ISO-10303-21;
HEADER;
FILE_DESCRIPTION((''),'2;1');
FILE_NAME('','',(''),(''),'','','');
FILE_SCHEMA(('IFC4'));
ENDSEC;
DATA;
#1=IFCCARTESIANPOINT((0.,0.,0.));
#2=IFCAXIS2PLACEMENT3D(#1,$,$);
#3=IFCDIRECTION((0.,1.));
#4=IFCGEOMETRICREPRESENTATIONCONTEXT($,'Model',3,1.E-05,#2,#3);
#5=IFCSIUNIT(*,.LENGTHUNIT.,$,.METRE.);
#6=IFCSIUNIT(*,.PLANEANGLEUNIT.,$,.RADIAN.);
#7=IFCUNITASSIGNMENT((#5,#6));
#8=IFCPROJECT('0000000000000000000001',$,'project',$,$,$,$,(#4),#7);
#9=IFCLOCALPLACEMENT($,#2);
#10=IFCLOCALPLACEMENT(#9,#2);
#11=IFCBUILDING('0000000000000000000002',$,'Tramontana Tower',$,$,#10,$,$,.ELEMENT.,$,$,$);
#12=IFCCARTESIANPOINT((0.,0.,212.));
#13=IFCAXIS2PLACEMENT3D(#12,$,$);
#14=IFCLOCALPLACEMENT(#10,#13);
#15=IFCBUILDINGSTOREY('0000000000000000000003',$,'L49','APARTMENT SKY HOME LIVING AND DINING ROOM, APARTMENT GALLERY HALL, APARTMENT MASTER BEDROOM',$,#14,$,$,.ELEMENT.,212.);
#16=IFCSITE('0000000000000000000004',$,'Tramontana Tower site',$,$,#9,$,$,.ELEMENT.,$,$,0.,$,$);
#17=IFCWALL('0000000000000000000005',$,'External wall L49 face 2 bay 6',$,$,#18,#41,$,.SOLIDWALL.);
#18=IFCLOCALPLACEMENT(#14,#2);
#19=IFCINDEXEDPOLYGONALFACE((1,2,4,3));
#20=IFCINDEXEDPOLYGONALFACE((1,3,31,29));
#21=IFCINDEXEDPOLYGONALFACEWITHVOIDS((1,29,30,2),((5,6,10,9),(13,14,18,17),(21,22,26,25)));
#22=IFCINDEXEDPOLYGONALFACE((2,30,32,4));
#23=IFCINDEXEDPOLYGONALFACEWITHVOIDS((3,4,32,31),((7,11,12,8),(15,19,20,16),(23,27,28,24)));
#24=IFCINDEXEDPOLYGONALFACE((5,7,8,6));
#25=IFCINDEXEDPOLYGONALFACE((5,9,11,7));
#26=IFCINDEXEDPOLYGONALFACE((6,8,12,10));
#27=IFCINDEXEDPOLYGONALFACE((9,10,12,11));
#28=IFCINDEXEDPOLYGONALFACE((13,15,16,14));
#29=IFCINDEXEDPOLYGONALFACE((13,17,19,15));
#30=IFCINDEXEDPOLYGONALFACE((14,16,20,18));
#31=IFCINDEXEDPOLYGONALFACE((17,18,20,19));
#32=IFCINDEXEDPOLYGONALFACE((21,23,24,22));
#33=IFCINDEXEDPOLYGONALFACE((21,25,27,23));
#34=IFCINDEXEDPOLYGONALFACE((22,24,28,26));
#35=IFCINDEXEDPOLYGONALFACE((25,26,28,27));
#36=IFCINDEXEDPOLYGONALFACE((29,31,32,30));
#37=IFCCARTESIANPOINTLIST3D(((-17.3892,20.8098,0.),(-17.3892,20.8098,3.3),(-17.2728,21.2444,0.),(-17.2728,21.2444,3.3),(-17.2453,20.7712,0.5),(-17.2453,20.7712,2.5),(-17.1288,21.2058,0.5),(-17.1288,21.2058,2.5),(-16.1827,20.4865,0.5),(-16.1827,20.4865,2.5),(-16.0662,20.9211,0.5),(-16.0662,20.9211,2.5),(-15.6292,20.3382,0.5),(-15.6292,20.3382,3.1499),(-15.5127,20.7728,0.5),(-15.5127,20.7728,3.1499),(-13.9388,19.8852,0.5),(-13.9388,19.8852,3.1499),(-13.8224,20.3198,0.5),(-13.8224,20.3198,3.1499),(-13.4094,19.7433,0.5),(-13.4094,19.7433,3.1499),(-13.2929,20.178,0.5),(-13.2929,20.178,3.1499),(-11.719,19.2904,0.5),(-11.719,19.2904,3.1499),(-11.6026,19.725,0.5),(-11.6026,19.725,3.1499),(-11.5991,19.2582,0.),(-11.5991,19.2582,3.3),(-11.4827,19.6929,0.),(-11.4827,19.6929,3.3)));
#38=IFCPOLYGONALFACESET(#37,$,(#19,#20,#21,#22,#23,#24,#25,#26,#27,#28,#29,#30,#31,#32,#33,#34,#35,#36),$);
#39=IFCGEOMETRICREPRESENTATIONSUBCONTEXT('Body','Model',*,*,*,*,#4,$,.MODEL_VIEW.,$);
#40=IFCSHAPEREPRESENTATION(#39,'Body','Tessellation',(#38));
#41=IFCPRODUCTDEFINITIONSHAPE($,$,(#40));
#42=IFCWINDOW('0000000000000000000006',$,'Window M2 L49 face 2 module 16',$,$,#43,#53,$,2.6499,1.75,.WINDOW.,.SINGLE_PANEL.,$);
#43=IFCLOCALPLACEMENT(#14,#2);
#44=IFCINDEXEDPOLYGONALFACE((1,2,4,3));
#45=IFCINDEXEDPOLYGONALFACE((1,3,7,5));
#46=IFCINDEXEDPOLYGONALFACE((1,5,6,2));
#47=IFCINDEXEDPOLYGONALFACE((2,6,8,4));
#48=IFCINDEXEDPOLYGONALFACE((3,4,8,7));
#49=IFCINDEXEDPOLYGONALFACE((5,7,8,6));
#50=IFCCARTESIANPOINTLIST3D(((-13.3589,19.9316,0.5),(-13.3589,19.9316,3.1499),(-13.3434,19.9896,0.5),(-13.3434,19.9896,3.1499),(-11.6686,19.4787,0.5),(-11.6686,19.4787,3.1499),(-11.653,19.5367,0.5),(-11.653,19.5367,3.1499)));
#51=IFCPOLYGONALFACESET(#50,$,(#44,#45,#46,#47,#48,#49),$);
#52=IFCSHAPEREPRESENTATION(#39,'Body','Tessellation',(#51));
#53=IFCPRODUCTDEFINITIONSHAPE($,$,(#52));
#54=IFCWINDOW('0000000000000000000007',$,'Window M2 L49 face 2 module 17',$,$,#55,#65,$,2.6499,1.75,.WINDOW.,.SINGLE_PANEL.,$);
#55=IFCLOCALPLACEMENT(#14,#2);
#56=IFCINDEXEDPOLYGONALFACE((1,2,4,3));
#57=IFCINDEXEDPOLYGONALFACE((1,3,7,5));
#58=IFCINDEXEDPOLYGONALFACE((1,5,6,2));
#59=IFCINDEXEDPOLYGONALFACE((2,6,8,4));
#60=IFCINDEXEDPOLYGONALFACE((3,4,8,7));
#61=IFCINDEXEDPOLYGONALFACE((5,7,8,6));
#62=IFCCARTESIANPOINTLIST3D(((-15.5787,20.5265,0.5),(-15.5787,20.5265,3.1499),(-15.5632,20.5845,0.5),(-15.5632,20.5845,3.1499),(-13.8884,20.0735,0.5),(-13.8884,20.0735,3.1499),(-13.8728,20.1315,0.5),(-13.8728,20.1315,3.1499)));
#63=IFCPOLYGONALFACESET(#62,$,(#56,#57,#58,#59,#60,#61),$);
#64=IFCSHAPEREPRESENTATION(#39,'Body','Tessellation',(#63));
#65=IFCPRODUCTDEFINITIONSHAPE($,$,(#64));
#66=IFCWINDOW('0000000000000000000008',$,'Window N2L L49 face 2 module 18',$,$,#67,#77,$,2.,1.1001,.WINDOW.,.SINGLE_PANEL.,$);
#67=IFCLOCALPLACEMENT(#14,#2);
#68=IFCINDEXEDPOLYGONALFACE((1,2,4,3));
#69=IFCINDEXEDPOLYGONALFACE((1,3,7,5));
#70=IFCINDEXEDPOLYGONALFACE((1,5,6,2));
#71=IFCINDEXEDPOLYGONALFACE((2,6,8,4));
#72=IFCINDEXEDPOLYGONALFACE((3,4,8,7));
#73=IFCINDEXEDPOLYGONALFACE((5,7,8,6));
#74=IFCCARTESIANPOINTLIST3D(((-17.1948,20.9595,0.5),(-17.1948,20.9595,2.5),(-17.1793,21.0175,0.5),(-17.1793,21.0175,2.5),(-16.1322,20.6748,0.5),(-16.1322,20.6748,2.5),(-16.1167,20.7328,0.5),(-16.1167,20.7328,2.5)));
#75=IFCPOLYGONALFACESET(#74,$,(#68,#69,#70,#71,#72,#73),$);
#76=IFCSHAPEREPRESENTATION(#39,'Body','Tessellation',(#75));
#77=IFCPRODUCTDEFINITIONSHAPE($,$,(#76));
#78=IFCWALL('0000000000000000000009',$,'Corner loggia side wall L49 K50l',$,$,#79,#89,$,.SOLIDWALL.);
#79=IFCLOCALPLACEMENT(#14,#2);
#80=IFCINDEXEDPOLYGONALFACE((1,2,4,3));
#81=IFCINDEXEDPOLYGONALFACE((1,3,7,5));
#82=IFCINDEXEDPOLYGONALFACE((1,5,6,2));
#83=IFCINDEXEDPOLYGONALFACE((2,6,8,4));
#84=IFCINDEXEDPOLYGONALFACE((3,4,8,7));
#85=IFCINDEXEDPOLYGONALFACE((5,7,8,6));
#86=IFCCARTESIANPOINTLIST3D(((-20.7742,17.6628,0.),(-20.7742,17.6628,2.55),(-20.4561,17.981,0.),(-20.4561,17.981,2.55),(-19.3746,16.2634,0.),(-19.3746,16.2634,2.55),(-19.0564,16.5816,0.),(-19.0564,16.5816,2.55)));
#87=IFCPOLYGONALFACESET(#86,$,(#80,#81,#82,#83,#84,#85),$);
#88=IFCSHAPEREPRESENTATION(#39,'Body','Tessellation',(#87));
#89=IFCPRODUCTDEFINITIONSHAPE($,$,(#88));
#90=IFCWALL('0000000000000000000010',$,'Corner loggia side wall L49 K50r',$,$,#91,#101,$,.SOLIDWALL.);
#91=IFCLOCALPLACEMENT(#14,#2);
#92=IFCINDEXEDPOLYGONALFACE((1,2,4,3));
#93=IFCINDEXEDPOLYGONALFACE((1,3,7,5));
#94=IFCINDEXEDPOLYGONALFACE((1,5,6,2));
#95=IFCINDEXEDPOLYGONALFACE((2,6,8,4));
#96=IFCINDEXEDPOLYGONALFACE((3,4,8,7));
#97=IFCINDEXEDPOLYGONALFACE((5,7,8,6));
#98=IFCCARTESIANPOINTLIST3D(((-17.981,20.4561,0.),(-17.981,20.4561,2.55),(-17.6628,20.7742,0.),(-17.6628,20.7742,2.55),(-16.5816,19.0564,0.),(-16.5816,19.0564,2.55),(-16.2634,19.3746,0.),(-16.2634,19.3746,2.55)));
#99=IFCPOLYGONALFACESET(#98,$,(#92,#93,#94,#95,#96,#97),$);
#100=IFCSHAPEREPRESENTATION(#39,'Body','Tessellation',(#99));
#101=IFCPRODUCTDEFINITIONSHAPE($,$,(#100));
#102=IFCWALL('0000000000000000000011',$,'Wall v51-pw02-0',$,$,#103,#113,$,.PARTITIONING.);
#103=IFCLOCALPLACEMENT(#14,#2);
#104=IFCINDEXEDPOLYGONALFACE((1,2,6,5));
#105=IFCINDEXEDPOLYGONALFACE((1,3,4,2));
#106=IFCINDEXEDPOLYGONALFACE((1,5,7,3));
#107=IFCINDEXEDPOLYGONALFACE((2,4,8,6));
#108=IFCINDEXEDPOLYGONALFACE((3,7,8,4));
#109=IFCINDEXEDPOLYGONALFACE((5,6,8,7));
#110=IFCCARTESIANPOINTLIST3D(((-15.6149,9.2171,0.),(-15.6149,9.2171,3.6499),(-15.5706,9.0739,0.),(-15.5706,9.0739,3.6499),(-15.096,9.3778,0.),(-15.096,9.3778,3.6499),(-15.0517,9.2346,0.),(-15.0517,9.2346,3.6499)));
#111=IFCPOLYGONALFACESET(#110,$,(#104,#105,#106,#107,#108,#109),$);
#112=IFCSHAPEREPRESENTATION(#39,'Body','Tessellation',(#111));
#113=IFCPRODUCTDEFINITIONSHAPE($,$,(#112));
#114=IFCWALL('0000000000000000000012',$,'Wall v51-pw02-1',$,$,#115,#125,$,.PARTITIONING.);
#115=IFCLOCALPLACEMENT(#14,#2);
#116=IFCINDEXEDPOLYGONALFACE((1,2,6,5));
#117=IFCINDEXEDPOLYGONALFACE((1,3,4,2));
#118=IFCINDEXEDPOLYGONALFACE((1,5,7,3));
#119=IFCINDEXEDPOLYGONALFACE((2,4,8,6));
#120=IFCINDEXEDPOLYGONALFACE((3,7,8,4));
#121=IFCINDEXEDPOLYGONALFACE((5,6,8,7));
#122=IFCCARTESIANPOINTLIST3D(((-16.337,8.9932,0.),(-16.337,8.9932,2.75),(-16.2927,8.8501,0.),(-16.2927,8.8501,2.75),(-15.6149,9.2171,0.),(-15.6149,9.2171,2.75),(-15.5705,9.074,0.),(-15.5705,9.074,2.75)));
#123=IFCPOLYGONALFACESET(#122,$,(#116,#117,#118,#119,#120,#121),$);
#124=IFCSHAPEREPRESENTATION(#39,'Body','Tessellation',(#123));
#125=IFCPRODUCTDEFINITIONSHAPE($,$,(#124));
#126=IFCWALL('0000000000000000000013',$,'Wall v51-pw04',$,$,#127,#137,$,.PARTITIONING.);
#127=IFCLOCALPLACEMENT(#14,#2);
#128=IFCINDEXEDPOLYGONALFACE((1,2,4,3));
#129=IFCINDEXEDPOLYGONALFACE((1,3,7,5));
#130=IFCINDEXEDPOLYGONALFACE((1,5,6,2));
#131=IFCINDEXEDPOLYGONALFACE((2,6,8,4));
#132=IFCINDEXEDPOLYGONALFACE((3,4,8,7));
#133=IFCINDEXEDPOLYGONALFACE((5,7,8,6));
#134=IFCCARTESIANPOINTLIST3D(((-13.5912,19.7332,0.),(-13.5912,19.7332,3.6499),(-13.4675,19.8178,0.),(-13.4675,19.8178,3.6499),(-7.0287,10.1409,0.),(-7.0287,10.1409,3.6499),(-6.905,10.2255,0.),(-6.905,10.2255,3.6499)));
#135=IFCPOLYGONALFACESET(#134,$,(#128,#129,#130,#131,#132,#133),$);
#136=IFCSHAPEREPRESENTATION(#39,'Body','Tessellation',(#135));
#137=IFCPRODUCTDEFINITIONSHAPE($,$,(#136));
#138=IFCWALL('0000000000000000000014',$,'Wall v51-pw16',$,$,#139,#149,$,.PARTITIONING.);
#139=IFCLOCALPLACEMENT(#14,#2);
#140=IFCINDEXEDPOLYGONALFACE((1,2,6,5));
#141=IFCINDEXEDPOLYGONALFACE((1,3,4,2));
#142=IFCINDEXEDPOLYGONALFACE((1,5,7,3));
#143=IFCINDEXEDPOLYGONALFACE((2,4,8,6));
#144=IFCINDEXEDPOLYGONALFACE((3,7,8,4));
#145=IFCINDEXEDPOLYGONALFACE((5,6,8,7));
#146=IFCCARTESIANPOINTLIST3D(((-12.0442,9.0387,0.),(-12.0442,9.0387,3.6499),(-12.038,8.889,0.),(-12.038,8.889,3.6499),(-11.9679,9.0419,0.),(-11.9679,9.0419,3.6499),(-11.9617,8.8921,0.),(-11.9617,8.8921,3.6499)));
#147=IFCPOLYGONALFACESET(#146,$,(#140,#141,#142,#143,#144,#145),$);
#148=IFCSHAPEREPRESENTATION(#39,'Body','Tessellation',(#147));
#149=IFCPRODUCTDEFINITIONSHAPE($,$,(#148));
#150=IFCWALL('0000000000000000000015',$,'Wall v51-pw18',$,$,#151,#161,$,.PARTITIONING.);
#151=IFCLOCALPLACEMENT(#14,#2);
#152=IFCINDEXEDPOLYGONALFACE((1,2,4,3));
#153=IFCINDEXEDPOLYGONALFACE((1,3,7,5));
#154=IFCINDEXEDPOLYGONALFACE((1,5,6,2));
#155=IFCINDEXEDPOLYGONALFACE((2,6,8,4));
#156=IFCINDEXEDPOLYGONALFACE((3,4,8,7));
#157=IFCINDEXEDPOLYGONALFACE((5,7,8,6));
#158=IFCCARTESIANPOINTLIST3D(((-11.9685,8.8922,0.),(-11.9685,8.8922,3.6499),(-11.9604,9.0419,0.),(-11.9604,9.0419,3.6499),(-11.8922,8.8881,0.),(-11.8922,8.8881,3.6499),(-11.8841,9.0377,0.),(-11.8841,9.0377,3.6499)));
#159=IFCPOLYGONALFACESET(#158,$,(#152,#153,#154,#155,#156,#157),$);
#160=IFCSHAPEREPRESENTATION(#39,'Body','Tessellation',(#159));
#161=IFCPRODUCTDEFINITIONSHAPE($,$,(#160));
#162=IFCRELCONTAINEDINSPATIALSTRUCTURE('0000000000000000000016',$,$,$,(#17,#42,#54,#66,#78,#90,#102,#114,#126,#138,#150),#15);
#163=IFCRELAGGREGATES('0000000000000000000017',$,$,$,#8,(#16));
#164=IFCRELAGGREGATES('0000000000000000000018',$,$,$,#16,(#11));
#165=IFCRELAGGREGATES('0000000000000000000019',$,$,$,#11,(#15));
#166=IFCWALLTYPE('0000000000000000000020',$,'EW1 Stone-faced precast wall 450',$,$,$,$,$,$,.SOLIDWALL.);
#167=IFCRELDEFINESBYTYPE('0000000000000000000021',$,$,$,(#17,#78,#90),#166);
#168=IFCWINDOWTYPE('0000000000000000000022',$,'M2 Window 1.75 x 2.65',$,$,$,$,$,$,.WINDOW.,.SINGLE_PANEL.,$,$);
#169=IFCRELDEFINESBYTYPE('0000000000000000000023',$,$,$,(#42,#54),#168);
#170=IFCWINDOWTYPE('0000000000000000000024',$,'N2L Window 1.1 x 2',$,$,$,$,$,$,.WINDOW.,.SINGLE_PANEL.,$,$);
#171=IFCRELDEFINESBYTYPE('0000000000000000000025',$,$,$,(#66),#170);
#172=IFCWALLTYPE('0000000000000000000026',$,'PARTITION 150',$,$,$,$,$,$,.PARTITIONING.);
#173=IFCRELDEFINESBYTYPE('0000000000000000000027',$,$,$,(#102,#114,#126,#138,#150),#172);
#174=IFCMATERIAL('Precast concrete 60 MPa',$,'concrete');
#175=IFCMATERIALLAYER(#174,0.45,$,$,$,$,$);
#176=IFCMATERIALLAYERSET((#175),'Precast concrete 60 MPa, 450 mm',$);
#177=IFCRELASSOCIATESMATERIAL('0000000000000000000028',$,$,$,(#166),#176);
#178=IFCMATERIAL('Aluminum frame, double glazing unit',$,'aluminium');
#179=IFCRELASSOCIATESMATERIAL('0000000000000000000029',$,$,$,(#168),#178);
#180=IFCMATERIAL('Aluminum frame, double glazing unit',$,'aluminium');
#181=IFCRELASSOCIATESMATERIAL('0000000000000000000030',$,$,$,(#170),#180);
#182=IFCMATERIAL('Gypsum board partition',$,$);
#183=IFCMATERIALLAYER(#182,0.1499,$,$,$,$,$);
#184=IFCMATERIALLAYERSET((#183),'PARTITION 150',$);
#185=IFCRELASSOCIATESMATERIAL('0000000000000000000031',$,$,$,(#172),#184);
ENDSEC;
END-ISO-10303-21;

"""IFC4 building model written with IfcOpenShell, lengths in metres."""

from ifc_helpers import new_model, si_unit, direction, frame, frame_2d, origin, place, context, subcontext, project, spatial, rectangle, extrude, material, layer, layer_set, type_object, element, fill, save


model = new_model("IFC4")

# Units and contexts
model_context = context("Model", 3, precision=1e-05, world=origin(), true_north=direction((0.0, 1.0)))
body_context = subcontext(model_context, "Body", "Model", "MODEL_VIEW")
ifc_project = project(units=[si_unit("LENGTHUNIT", "METRE"), si_unit("PLANEANGLEUNIT", "RADIAN")], contexts=[model_context])

# Site, building, storey
site_placement = place(None, origin())
site = spatial("IfcSite", under=ifc_project, at=site_placement, Name="Tramontana Tower site", CompositionType="ELEMENT", RefElevation=0.0)
building_placement = place(site_placement, origin())
building = spatial("IfcBuilding", under=site, at=building_placement, Name="Tramontana Tower", CompositionType="ELEMENT")
storey_placement = place(building_placement, frame((0.0, 0.0, 212.0)))
storey = spatial("IfcBuildingStorey", under=building, at=storey_placement, Name="L49", Description="APARTMENT SKY HOME LIVING AND DINING ROOM, APARTMENT GALLERY HALL, APARTMENT MASTER BEDROOM", CompositionType="ELEMENT", Elevation=212.0)

# Shared definitions
ifc_material_1 = material(Name="Precast concrete 60 MPa", Category="concrete")
ifc_layer_1 = layer(ifc_material_1, 0.45)
ifc_layer_set_1 = layer_set([ifc_layer_1], Name="Precast concrete 60 MPa, 450 mm")
wall_type_1 = type_object("IfcWallType", Name="EW1 Stone-faced precast wall 450", PredefinedType="SOLIDWALL", material=ifc_layer_set_1)
ifc_material_2 = material(Name="Aluminum frame, double glazing unit", Category="aluminium")
window_type_1 = type_object("IfcWindowType", Name="M2 Window 1.75 x 2.65", PartitioningType="SINGLE_PANEL", PredefinedType="WINDOW", material=ifc_material_2)
ifc_material_3 = material(Name="Aluminum frame, double glazing unit", Category="aluminium")
window_type_2 = type_object("IfcWindowType", Name="N2L Window 1.1 x 2", PartitioningType="SINGLE_PANEL", PredefinedType="WINDOW", material=ifc_material_3)

# Wall, openings, windows
wall_1_placement = place(storey_placement, frame((-11.541, 19.4756, 0.0), z_axis=(0.0, 0.0, 1.0), x_axis=(-0.965923, 0.258831, 0.0)))
wall_1 = element("IfcWall", 1, at=wall_1_placement, inside=storey, type_object=wall_type_1, Name="External wall L49 face 2 bay 6", PredefinedType="SOLIDWALL", context=body_context, shape_type="SweptSolid", body=[
    extrude(rectangle(XDim=5.9944, YDim=0.45, at=frame_2d((2.9971, 0.0))), origin(), (0.0, 0.0, 1.0), 3.3),
])
opening_1_placement = place(wall_1_placement, frame((0.124, 0.0, 0.5)))
opening_1 = element("IfcOpeningElement", 2, at=opening_1_placement, cuts=wall_1, PredefinedType="OPENING", context=body_context, shape_type="SweptSolid", body=[
    extrude(rectangle(XDim=1.75, YDim=2.6499, at=frame_2d((0.875, 1.325))), frame((0.0, 0.2349, 0.0), z_axis=(0.0, -1.0, 0.0), x_axis=(1.0, 0.0, 0.0)), (0.0, 0.0, 1.0), 0.47),
])
opening_2_placement = place(wall_1_placement, frame((2.4221, 0.0, 0.5)))
opening_2 = element("IfcOpeningElement", 3, at=opening_2_placement, cuts=wall_1, PredefinedType="OPENING", context=body_context, shape_type="SweptSolid", body=[
    extrude(rectangle(XDim=1.75, YDim=2.6499, at=frame_2d((0.875, 1.325))), frame((0.0, 0.2349, 0.0), z_axis=(0.0, -1.0, 0.0), x_axis=(1.0, 0.0, 0.0)), (0.0, 0.0, 1.0), 0.47),
])
opening_3_placement = place(wall_1_placement, frame((4.7451, 0.0, 0.5)))
opening_3 = element("IfcOpeningElement", 4, at=opening_3_placement, cuts=wall_1, PredefinedType="OPENING", context=body_context, shape_type="SweptSolid", body=[
    extrude(rectangle(XDim=1.1001, YDim=2.0, at=frame_2d((0.55, 1.0))), frame((0.0, 0.2349, 0.0), z_axis=(0.0, -1.0, 0.0), x_axis=(1.0, 0.0, 0.0)), (0.0, 0.0, 1.0), 0.47),
])
window_1_placement = place(opening_1_placement, origin())
window_1 = element("IfcWindow", 5, at=window_1_placement, inside=storey, type_object=window_type_1, Name="Window M2 L49 face 2 module 16", OverallHeight=2.6499, OverallWidth=1.75, PartitioningType="SINGLE_PANEL", PredefinedType="WINDOW", context=body_context, shape_type="SweptSolid", body=[
    extrude(rectangle(XDim=1.75, YDim=2.6499, at=frame_2d((0.875, 1.325))), frame((0.0, 0.03, 0.0), z_axis=(0.0, -1.0, 0.0), x_axis=(1.0, 0.0, 0.0)), (0.0, 0.0, 1.0), 0.0601),
])
fill(opening_1, window_1)
window_2_placement = place(opening_2_placement, origin())
window_2 = element("IfcWindow", 6, at=window_2_placement, inside=storey, type_object=window_type_1, Name="Window M2 L49 face 2 module 17", OverallHeight=2.6499, OverallWidth=1.75, PartitioningType="SINGLE_PANEL", PredefinedType="WINDOW", context=body_context, shape_type="SweptSolid", body=[
    extrude(rectangle(XDim=1.75, YDim=2.6499, at=frame_2d((0.875, 1.325))), frame((0.0, 0.03, 0.0), z_axis=(0.0, -1.0, 0.0), x_axis=(1.0, 0.0, 0.0)), (0.0, 0.0, 1.0), 0.0601),
])
fill(opening_2, window_2)
window_3_placement = place(opening_3_placement, origin())
window_3 = element("IfcWindow", 7, at=window_3_placement, inside=storey, type_object=window_type_2, Name="Window N2L L49 face 2 module 18", OverallHeight=2.0, OverallWidth=1.1001, PartitioningType="SINGLE_PANEL", PredefinedType="WINDOW", context=body_context, shape_type="SweptSolid", body=[
    extrude(rectangle(XDim=1.1001, YDim=2.0, at=frame_2d((0.55, 1.0))), frame((0.0, 0.03, 0.0), z_axis=(0.0, -1.0, 0.0), x_axis=(1.0, 0.0, 0.0)), (0.0, 0.0, 1.0), 0.0601),
])
fill(opening_3, window_3)

# Walls
for number, where, z_axis, x_axis, name in (
    (8, (-20.6152, 17.822, 0.0), (0.0, 0.0, 1.0), (0.707168, -0.707045, 0.0), "Corner loggia side wall L49 K50l"),
    (9, (-17.822, 20.6152, 0.0), (0.0, 0.0, 1.0), (0.707045, -0.707168, 0.0), "Corner loggia side wall L49 K50r"),
):
    element("IfcWall", number, at=place(storey_placement, frame(where, z_axis=z_axis, x_axis=x_axis)), inside=storey, type_object=wall_type_1, Name=name, PredefinedType="SOLIDWALL", context=body_context, shape_type="SweptSolid", body=[
        extrude(rectangle(XDim=1.9792, YDim=0.45, at=frame_2d((0.9897, 0.0))), origin(), (0.0, 0.0, 1.0), 2.55),
    ])

# Walls
ifc_material_4 = material(Name="Gypsum board partition")
ifc_layer_2 = layer(ifc_material_4, 0.1499)
ifc_layer_set_2 = layer_set([ifc_layer_2], Name="PARTITION 150")
wall_type_2 = type_object("IfcWallType", Name="PARTITION 150", PredefinedType="PARTITIONING", material=ifc_layer_set_2)
wall_2_placement = place(storey_placement, frame((-15.074, 9.3062, 0.0), z_axis=(0.0, 0.0, 1.0), x_axis=(-0.955253, -0.295791, 0.0)))
element("IfcWall", 10, at=wall_2_placement, inside=storey, type_object=wall_type_2, Name="Wall v51-pw02-0", PredefinedType="PARTITIONING", context=body_context, shape_type="SweptSolid", body=[
    extrude(rectangle(XDim=0.5432, YDim=0.1499, at=frame_2d((0.2715, 0.0))), origin(), (0.0, 0.0, 1.0), 3.6499),
])
wall_3_placement = place(storey_placement, frame((-15.5928, 9.1455, 0.0), z_axis=(0.0, 0.0, 1.0), x_axis=(-0.955155, -0.296105, 0.0)))
element("IfcWall", 11, at=wall_3_placement, inside=storey, type_object=wall_type_2, Name="Wall v51-pw02-1", PredefinedType="PARTITIONING", context=body_context, shape_type="SweptSolid", body=[
    extrude(rectangle(XDim=0.7561, YDim=0.1499, at=frame_2d((0.3779, 0.0))), origin(), (0.0, 0.0, 1.0), 2.75),
])
wall_4_placement = place(storey_placement, frame((-13.5293, 19.7754, 0.0), z_axis=(0.0, 0.0, 1.0), x_axis=(0.564646, -0.825333, 0.0)))
element("IfcWall", 12, at=wall_4_placement, inside=storey, type_object=wall_type_2, Name="Wall v51-pw04", PredefinedType="PARTITIONING", context=body_context, shape_type="SweptSolid", body=[
    extrude(rectangle(XDim=11.6223, YDim=0.1499, at=frame_2d((5.811, 0.0))), origin(), (0.0, 0.0, 1.0), 3.6499),
])
wall_5_placement = place(storey_placement, frame((-12.041, 8.9639, 0.0), z_axis=(0.0, 0.0, 1.0), x_axis=(0.999139, 0.041498, 0.0)))
element("IfcWall", 13, at=wall_5_placement, inside=storey, type_object=wall_type_2, Name="Wall v51-pw16", PredefinedType="PARTITIONING", context=body_context, shape_type="SweptSolid", body=[
    extrude(rectangle(XDim=0.0764, YDim=0.1499, at=frame_2d((0.0381, 0.0))), origin(), (0.0, 0.0, 1.0), 3.6499),
])

# Wall
wall_6_placement = place(storey_placement, frame((-11.9644, 8.967, 0.0), z_axis=(0.0, 0.0, 1.0), x_axis=(0.998528, -0.054233, 0.0)))
element("IfcWall", 14, at=wall_6_placement, inside=storey, type_object=wall_type_2, Name="Wall v51-pw18", PredefinedType="PARTITIONING", context=body_context, shape_type="SweptSolid", body=[
    extrude(rectangle(XDim=0.0764, YDim=0.1499, at=frame_2d((0.0381, 0.0))), origin(), (0.0, 0.0, 1.0), 3.6499),
])

save(model, "model.ifc")
